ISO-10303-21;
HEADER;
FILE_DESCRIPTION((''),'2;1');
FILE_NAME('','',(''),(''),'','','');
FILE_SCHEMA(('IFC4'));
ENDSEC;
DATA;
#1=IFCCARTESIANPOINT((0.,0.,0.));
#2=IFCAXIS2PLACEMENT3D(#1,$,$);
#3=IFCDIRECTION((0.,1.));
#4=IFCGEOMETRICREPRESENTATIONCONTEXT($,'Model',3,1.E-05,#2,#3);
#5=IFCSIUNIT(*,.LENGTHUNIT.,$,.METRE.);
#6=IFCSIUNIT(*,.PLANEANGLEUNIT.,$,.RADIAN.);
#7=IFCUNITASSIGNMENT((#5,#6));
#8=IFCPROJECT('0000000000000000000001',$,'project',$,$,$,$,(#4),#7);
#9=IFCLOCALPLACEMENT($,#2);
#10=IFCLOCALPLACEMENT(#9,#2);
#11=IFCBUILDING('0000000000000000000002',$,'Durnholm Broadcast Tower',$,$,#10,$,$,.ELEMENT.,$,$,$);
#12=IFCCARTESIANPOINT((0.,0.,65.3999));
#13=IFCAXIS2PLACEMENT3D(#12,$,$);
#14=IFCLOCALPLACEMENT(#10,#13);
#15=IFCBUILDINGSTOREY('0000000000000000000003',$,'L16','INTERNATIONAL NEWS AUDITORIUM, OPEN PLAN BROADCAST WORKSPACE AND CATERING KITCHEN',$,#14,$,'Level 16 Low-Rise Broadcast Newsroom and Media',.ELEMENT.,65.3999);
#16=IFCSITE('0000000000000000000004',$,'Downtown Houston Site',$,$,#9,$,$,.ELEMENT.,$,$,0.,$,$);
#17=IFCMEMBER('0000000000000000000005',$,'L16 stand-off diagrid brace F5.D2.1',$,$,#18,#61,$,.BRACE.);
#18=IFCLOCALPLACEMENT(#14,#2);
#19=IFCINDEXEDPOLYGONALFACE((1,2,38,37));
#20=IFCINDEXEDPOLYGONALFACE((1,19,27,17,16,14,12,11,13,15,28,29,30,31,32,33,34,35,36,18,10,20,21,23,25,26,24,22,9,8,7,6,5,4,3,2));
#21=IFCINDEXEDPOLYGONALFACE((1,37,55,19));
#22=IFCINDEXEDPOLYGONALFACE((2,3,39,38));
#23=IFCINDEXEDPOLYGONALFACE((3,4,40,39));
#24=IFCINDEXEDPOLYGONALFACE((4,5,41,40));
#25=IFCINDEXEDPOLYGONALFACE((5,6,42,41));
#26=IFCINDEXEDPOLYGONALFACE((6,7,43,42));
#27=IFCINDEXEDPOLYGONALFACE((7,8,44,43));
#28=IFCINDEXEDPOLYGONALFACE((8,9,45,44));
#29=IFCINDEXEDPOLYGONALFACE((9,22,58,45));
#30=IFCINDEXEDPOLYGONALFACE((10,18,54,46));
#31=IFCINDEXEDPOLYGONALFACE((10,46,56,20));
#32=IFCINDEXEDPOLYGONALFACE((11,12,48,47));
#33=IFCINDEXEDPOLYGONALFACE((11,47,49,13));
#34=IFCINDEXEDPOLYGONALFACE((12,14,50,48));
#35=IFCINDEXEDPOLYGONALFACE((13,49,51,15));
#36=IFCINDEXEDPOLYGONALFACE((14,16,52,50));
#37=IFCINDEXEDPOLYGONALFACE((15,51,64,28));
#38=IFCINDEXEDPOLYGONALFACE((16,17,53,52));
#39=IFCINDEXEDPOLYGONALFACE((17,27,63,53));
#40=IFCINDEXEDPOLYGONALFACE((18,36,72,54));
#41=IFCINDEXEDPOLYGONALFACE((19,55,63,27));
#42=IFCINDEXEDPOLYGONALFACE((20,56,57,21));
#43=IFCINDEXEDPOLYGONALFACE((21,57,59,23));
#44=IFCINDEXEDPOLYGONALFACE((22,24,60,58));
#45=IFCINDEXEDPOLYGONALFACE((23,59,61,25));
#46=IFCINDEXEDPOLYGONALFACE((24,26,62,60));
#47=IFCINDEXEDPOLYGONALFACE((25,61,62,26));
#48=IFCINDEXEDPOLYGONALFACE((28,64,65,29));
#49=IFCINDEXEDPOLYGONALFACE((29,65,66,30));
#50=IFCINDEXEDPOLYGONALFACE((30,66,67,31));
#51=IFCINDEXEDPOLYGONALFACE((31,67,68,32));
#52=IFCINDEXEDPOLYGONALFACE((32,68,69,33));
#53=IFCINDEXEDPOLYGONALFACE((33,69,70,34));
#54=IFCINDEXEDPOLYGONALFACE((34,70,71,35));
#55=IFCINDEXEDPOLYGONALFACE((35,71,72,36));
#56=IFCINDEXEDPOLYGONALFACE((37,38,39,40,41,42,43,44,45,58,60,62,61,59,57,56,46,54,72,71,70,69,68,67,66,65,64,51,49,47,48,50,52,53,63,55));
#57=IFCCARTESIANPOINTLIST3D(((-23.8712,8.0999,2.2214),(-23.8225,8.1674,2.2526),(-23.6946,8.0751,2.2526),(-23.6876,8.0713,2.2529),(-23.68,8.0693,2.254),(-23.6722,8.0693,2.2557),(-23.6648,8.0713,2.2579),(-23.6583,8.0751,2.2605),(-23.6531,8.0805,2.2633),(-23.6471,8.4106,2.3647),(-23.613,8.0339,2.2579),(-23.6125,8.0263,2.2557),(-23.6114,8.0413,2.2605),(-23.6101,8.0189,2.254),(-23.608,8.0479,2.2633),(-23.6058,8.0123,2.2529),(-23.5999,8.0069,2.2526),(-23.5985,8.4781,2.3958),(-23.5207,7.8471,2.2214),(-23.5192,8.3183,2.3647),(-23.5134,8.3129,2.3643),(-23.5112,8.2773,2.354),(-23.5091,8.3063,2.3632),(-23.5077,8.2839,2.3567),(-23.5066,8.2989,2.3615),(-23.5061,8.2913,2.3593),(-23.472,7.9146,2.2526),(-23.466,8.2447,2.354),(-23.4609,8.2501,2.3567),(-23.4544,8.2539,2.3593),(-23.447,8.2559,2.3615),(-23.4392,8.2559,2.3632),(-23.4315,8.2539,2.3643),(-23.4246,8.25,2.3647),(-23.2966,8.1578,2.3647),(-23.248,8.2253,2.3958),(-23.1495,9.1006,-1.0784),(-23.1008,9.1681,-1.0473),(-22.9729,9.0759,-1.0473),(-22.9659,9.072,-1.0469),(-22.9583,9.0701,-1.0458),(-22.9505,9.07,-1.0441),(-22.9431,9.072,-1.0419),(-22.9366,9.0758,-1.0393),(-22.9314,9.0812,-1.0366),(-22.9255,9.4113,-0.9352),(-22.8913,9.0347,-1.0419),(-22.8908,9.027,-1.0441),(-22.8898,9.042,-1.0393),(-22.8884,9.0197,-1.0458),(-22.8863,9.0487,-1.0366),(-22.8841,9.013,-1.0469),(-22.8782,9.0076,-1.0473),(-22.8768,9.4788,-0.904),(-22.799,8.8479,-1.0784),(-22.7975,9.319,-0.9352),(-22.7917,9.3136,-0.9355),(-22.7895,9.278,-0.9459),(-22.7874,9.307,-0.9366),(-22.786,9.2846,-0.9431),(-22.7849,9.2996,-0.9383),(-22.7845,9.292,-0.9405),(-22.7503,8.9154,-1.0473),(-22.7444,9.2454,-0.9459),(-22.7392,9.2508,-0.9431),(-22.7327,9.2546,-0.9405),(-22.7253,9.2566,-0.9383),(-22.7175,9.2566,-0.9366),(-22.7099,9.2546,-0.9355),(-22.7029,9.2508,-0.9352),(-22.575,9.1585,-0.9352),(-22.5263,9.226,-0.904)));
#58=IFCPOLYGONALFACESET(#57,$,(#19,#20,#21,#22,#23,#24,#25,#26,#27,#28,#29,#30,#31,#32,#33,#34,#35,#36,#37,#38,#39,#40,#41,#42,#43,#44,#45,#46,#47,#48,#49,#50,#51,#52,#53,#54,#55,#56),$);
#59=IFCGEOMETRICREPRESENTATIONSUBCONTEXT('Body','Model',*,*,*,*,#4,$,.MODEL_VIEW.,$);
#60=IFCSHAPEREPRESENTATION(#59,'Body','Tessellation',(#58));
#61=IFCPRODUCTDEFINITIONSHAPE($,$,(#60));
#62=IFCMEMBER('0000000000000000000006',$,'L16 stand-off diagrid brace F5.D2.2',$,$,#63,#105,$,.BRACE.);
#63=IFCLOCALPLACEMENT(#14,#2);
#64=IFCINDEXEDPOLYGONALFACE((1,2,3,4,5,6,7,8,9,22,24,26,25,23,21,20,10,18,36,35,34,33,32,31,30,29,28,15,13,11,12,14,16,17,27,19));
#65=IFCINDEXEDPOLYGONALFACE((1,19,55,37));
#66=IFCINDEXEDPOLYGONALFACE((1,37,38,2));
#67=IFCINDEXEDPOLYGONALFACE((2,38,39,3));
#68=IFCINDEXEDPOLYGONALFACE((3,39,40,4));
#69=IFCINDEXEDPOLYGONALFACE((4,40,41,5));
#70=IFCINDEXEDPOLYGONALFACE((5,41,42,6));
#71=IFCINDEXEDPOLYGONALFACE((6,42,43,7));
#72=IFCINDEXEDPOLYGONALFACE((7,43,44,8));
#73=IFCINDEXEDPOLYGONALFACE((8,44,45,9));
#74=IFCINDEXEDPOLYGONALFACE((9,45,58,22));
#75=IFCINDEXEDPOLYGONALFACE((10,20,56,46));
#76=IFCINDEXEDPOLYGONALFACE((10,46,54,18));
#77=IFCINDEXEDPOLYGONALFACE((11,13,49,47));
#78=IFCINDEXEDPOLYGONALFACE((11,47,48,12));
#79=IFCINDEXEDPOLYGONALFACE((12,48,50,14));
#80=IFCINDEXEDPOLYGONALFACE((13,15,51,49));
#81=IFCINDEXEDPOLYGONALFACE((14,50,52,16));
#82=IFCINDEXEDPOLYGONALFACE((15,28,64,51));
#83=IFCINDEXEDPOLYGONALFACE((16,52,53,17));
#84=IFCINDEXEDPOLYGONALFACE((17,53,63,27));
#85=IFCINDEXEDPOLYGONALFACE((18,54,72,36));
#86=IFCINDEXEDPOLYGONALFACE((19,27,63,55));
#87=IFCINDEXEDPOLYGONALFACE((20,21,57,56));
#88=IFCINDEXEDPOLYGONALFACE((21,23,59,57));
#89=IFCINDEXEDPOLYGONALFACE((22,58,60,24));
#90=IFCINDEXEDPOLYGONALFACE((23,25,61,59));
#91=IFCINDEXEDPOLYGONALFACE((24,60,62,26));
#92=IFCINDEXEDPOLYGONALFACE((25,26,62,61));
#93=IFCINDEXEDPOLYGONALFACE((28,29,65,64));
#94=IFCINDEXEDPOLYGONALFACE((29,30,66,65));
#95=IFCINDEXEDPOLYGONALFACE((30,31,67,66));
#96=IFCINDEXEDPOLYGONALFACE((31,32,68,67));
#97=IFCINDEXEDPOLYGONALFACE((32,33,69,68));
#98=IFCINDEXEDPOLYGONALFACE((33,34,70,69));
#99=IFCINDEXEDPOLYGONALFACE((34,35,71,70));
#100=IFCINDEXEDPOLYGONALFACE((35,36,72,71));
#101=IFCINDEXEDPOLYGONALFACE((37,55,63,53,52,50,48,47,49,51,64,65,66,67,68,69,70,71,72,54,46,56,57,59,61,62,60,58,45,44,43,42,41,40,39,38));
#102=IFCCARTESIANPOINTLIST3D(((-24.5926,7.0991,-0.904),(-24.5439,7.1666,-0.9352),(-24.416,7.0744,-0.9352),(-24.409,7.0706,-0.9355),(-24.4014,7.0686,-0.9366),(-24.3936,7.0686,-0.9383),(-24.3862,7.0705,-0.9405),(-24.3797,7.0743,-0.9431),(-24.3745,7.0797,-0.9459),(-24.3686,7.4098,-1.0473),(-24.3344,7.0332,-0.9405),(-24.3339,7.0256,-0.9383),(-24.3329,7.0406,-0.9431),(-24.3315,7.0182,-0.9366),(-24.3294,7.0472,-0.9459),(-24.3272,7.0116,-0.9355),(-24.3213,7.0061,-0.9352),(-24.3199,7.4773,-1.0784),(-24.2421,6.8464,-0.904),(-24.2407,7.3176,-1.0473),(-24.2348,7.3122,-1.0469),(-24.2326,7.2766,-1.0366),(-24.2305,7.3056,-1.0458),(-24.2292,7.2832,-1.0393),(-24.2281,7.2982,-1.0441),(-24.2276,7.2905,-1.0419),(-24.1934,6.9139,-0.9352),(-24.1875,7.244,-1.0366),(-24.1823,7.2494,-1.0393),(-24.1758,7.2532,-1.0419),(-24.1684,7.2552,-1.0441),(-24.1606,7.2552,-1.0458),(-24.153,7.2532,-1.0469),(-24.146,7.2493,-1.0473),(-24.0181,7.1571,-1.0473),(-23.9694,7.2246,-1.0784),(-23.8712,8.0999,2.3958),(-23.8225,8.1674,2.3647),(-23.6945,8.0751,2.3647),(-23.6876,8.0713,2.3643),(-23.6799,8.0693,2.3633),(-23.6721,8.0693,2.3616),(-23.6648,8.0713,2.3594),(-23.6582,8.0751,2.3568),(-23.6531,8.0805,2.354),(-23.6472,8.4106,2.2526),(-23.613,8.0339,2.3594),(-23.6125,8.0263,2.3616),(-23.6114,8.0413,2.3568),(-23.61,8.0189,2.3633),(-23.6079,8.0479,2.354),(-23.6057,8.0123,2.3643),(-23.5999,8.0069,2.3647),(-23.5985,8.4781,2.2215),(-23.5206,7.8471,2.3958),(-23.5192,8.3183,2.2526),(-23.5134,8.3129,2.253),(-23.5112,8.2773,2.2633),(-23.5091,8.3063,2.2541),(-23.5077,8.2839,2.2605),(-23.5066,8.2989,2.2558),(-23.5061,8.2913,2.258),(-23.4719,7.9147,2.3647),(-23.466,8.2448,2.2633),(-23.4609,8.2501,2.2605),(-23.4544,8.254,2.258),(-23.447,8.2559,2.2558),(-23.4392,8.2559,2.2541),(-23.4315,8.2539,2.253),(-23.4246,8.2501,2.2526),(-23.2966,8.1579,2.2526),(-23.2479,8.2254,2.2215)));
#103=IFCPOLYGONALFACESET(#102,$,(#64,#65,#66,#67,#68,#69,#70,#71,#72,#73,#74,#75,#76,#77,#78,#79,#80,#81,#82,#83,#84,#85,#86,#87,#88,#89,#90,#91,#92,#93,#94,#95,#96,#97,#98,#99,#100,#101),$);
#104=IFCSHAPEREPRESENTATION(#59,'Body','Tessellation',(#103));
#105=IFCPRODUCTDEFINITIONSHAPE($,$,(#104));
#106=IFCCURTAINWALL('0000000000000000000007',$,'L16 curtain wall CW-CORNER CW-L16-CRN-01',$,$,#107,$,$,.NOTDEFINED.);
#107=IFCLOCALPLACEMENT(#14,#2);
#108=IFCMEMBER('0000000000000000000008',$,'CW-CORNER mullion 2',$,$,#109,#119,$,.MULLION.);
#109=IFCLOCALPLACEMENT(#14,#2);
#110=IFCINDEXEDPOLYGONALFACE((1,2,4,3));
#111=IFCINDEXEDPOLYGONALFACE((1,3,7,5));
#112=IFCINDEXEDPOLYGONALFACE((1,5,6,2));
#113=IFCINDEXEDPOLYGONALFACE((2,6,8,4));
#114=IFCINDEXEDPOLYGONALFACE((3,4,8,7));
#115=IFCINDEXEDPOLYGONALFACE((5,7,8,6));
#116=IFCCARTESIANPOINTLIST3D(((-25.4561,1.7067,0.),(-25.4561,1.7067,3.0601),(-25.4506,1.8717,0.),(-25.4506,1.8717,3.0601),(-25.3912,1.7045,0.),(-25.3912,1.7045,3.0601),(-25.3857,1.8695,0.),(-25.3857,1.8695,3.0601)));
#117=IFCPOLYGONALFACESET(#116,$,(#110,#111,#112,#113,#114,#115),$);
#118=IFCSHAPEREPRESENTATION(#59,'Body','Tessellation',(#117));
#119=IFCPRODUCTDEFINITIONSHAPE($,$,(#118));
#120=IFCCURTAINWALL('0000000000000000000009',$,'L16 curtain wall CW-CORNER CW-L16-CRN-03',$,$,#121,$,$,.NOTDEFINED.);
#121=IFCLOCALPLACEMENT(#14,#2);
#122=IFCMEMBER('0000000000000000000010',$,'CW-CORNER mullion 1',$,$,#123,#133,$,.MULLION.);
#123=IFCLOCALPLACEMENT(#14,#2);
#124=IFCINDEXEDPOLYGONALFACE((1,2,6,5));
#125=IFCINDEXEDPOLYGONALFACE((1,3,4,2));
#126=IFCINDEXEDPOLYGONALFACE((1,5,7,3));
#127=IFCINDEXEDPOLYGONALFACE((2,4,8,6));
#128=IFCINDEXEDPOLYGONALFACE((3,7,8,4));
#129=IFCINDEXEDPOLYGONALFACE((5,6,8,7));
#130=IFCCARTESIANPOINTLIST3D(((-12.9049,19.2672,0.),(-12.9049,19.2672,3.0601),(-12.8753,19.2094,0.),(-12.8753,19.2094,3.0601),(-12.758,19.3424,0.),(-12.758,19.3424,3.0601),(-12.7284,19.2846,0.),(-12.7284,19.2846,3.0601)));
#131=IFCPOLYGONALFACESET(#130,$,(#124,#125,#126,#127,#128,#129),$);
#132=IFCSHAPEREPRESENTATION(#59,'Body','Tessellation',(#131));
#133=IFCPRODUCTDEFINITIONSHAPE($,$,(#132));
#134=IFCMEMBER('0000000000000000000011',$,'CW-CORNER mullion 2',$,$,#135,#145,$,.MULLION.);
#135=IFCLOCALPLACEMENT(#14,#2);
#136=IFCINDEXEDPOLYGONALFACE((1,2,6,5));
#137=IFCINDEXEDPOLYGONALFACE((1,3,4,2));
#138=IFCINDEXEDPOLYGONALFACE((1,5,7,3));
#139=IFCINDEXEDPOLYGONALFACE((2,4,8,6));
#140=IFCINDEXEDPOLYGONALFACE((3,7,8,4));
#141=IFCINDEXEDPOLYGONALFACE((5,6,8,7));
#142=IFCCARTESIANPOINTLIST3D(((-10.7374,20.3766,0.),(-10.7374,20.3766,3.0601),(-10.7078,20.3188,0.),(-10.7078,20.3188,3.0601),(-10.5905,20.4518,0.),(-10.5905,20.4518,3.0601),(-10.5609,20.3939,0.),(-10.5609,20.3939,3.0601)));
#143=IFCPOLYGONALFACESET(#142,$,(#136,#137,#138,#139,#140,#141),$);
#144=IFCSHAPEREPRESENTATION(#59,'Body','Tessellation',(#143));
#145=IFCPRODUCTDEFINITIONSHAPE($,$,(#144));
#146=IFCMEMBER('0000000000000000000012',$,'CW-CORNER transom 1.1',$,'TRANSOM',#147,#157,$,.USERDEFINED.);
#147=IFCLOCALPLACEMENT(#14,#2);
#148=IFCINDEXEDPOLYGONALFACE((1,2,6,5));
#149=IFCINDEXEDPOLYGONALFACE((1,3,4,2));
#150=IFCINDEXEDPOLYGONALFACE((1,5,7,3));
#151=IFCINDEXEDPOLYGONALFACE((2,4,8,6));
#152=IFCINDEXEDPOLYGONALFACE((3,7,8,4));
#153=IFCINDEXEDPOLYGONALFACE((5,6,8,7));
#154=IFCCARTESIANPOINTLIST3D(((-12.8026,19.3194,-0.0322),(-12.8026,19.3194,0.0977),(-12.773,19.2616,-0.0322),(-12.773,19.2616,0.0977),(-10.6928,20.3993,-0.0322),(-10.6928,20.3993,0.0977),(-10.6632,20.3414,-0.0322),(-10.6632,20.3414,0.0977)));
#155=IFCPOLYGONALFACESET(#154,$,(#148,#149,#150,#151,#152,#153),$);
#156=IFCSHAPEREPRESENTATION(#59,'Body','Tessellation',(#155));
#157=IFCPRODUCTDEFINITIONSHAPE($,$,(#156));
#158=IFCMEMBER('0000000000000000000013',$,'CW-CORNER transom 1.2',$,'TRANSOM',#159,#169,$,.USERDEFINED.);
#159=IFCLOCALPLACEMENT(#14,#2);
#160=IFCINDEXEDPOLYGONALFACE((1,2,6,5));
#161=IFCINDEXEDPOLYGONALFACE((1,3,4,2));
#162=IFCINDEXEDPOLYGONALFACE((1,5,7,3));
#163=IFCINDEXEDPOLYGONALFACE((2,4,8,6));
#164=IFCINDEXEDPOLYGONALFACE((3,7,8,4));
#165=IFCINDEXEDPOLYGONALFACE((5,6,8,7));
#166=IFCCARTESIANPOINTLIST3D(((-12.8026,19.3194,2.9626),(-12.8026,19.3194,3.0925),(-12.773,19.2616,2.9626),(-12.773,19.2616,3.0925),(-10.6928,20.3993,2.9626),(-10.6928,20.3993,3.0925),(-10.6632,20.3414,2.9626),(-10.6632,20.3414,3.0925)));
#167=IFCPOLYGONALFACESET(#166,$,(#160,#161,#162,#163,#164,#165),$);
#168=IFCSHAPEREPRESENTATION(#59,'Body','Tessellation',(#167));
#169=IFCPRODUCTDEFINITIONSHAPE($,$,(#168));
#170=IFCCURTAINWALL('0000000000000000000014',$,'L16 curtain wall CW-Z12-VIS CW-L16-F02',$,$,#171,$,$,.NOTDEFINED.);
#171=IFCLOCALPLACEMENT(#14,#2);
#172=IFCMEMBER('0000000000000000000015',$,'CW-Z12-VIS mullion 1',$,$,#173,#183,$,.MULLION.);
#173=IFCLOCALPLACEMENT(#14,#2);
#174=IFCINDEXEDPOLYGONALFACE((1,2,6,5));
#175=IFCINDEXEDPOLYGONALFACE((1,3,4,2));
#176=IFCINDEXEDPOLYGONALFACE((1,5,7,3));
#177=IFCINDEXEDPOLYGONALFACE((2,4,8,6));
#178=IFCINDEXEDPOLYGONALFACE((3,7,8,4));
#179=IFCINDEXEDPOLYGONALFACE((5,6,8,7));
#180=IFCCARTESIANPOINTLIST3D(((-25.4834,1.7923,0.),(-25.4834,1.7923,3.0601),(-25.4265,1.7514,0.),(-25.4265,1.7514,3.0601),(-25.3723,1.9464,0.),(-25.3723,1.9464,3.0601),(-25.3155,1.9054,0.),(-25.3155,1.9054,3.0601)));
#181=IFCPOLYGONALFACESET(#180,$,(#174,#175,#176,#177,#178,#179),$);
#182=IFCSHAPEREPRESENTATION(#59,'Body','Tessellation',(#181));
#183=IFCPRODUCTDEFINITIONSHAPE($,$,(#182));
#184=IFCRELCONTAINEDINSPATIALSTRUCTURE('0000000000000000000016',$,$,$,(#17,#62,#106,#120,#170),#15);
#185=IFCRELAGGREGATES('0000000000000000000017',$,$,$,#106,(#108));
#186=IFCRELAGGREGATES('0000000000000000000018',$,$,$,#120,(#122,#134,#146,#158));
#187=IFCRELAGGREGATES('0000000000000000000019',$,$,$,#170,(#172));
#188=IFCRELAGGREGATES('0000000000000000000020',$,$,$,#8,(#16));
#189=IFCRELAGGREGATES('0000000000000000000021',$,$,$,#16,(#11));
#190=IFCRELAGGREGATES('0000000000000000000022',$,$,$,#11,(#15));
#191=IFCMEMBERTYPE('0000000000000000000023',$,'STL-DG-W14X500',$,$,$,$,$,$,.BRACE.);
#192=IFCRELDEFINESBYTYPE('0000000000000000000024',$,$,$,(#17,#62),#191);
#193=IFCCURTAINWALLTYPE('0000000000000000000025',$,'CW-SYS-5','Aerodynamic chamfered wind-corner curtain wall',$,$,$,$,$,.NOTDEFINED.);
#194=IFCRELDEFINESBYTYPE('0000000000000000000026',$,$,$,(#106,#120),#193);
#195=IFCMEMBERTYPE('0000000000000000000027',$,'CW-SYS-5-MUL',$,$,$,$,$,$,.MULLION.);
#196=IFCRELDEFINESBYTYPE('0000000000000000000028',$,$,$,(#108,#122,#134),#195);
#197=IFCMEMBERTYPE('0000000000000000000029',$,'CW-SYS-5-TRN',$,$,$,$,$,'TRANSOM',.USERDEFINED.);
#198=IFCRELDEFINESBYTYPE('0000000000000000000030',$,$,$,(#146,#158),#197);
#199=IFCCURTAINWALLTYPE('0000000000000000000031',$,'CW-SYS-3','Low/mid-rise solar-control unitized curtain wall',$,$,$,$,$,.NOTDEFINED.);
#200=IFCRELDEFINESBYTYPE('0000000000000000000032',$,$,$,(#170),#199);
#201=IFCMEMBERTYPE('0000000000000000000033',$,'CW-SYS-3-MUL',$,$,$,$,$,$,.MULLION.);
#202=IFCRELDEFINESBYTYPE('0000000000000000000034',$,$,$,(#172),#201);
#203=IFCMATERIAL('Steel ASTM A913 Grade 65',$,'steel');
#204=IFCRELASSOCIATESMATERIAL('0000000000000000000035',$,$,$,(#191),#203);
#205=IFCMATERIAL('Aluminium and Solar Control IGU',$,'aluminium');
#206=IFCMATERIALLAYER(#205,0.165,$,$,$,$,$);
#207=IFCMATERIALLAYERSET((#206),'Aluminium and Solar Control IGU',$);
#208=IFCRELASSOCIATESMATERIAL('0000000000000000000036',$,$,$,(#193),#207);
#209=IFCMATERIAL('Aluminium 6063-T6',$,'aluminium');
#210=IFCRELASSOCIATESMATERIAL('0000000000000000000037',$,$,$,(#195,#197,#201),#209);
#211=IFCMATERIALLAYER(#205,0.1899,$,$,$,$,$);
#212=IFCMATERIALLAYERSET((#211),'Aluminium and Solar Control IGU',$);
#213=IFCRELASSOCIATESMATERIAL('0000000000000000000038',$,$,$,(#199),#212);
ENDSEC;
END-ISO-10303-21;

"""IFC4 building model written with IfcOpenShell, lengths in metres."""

from ifc_helpers import new_model, si_unit, direction, frame, origin, origin_2d, place, context, subcontext, project, spatial, rectangle, i_section, extrude, source, transform, mapped, material, layer, layer_set, material_profile, profile_set, type_object, type_shapes, element, aggregate, save


model = new_model("IFC4")

# Units and contexts
model_context = context("Model", 3, precision=1e-05, world=origin(), true_north=direction((0.0, 1.0)))
body_context = subcontext(model_context, "Body", "Model", "MODEL_VIEW")
ifc_project = project(units=[si_unit("LENGTHUNIT", "METRE"), si_unit("PLANEANGLEUNIT", "RADIAN")], contexts=[model_context])

# Site, building, storey
site_placement = place(None, origin())
site = spatial("IfcSite", under=ifc_project, at=site_placement, Name="Downtown Houston Site", CompositionType="ELEMENT", RefElevation=0.0)
building_placement = place(site_placement, origin())
building = spatial("IfcBuilding", under=site, at=building_placement, Name="Durnholm Broadcast Tower", CompositionType="ELEMENT")
storey_placement = place(building_placement, frame((0.0, 0.0, 65.3999)))
storey = spatial("IfcBuildingStorey", under=building, at=storey_placement, Name="L16", Description="INTERNATIONAL NEWS AUDITORIUM, OPEN PLAN BROADCAST WORKSPACE AND CATERING KITCHEN", LongName="Level 16 Low-Rise Broadcast Newsroom and Media", CompositionType="ELEMENT", Elevation=65.3999)

# Members
ifc_material_1 = material(Name="Steel ASTM A913 Grade 65", Category="steel")
ifc_material_profile_1 = material_profile(ifc_material_1, i_section(OverallWidth=0.4321, OverallDepth=0.4978, WebThickness=0.0557, FlangeThickness=0.0889, FilletRadius=0.0305, at=origin_2d()), Name="W14X500")
ifc_profile_set_1 = profile_set([ifc_material_profile_1], Name="Steel ASTM A913 Grade 65")
member_type_1 = type_object("IfcMemberType", Name="STL-DG-W14X500", PredefinedType="BRACE", material=ifc_profile_set_1)
shared_shape_1 = source(origin(), body_context, "Body", "SweptSolid", [
    extrude(i_section(OverallWidth=0.4321, OverallDepth=0.4978, WebThickness=0.0557, FlangeThickness=0.0889, FilletRadius=0.0305, at=origin_2d()), origin(), (0.0, 0.0, 1.0), 3.5229),
])
type_shapes(member_type_1, [shared_shape_1])
for number, where, z_axis, x_axis, name in (
    (1, (-22.8379, 9.1633, -0.9912), (-0.204852, -0.284063, 0.936666), (0.811091, -0.58492, 0.0), "L16 stand-off diagrid brace F5.D2.1"),
    (2, (-24.281, 7.1619, -0.9912), (0.204786, 0.284067, 0.93668), (-0.811185, 0.584789, 0.0), "L16 stand-off diagrid brace F5.D2.2"),
):
    element("IfcMember", number, at=place(storey_placement, frame(where, z_axis=z_axis, x_axis=x_axis)), inside=storey, type_object=member_type_1, Name=name, PredefinedType="BRACE", context=body_context, shape_type="MappedRepresentation", body=[
        mapped(shared_shape_1, transform((0.0, 0.0, 0.0), x_axis=(1.0, 0.0, 0.0), y_axis=(0.0, 1.0, 0.0), z_axis=(0.0, 0.0, 1.0), scale=1.0)),
    ])

# Curtain wall, member
ifc_material_2 = material(Name="Aluminium and Solar Control IGU", Category="aluminium")
ifc_layer_1 = layer(ifc_material_2, 0.165)
ifc_layer_set_1 = layer_set([ifc_layer_1], Name="Aluminium and Solar Control IGU")
curtain_wall_type_1 = type_object("IfcCurtainWallType", Name="CW-SYS-5", Description="Aerodynamic chamfered wind-corner curtain wall", PredefinedType="NOTDEFINED", material=ifc_layer_set_1)
curtain_wall_1_placement = place(storey_placement, origin())
curtain_wall_1 = element("IfcCurtainWall", 3, at=curtain_wall_1_placement, inside=storey, type_object=curtain_wall_type_1, Name="L16 curtain wall CW-CORNER CW-L16-CRN-01", PredefinedType="NOTDEFINED")
ifc_material_3 = material(Name="Aluminium 6063-T6", Category="aluminium")
ifc_material_profile_2 = material_profile(ifc_material_3, rectangle(XDim=0.0649, YDim=0.165, at=origin_2d()), Name="CWM65X165")
ifc_profile_set_2 = profile_set([ifc_material_profile_2], Name="Aluminium 6063-T6")
member_type_2 = type_object("IfcMemberType", Name="CW-SYS-5-MUL", PredefinedType="MULLION", material=ifc_profile_set_2)
shared_shape_2 = source(origin(), body_context, "Body", "SweptSolid", [
    extrude(rectangle(XDim=0.0649, YDim=0.165, at=origin_2d()), origin(), (0.0, 0.0, 1.0), 3.0601),
])
type_shapes(member_type_2, [shared_shape_2])
member_1_placement = place(storey_placement, frame((-25.4209, 1.7881, 0.0), z_axis=(0.0, 0.0, 1.0), x_axis=(-0.999427, 0.03384, 0.0)))
member_1 = element("IfcMember", 4, at=member_1_placement, type_object=member_type_2, Name="CW-CORNER mullion 2", PredefinedType="MULLION", context=body_context, shape_type="MappedRepresentation", body=[
    mapped(shared_shape_2, transform((0.0, 0.0, 0.0), x_axis=(1.0, 0.0, 0.0), y_axis=(0.0, 1.0, 0.0), z_axis=(0.0, 0.0, 1.0), scale=1.0)),
])

# Curtain walls, members
curtain_wall_2_placement = place(storey_placement, origin())
curtain_wall_2 = element("IfcCurtainWall", 5, at=curtain_wall_2_placement, inside=storey, type_object=curtain_wall_type_1, Name="L16 curtain wall CW-CORNER CW-L16-CRN-03", PredefinedType="NOTDEFINED")
member_2_placement = place(storey_placement, frame((-12.8167, 19.2759, 0.0), z_axis=(0.0, 0.0, 1.0), x_axis=(-0.455594, 0.890188, 0.0)))
member_2 = element("IfcMember", 6, at=member_2_placement, type_object=member_type_2, Name="CW-CORNER mullion 1", PredefinedType="MULLION", context=body_context, shape_type="MappedRepresentation", body=[
    mapped(shared_shape_2, transform((0.0, 0.0, 0.0), x_axis=(1.0, 0.0, 0.0), y_axis=(0.0, 1.0, 0.0), z_axis=(0.0, 0.0, 1.0), scale=1.0)),
])
member_3_placement = place(storey_placement, frame((-10.6492, 20.3853, 0.0), z_axis=(0.0, 0.0, 1.0), x_axis=(-0.455594, 0.890188, 0.0)))
member_3 = element("IfcMember", 7, at=member_3_placement, type_object=member_type_2, Name="CW-CORNER mullion 2", PredefinedType="MULLION", context=body_context, shape_type="MappedRepresentation", body=[
    mapped(shared_shape_2, transform((0.0, 0.0, 0.0), x_axis=(1.0, 0.0, 0.0), y_axis=(0.0, 1.0, 0.0), z_axis=(0.0, 0.0, 1.0), scale=1.0)),
])
ifc_material_profile_3 = material_profile(ifc_material_3, rectangle(XDim=0.0649, YDim=0.1299, at=origin_2d()), Name="CWT65X130")
ifc_profile_set_3 = profile_set([ifc_material_profile_3], Name="Aluminium 6063-T6")
member_type_3 = type_object("IfcMemberType", Name="CW-SYS-5-TRN", ElementType="TRANSOM", PredefinedType="USERDEFINED", material=ifc_profile_set_3)
shared_shape_3 = source(origin(), body_context, "Body", "SweptSolid", [
    extrude(rectangle(XDim=0.0649, YDim=0.1299, at=origin_2d()), origin(), (0.0, 0.0, 1.0), 2.3701),
])
type_shapes(member_type_3, [shared_shape_3])
member_4_placement = place(storey_placement, frame((-12.7878, 19.2905, 0.0327), z_axis=(0.890185, 0.455599, 0.0), x_axis=(-0.455599, 0.890185, 0.0)))
member_4 = element("IfcMember", 8, at=member_4_placement, type_object=member_type_3, Name="CW-CORNER transom 1.1", ObjectType="TRANSOM", PredefinedType="USERDEFINED", context=body_context, shape_type="MappedRepresentation", body=[
    mapped(shared_shape_3, transform((0.0, 0.0, 0.0), x_axis=(1.0, 0.0, 0.0), y_axis=(0.0, 1.0, 0.0), z_axis=(0.0, 0.0, 1.0), scale=1.0)),
])
member_5_placement = place(storey_placement, frame((-12.7878, 19.2905, 3.0276), z_axis=(0.890185, 0.455599, 0.0), x_axis=(-0.455599, 0.890185, 0.0)))
member_5 = element("IfcMember", 9, at=member_5_placement, type_object=member_type_3, Name="CW-CORNER transom 1.2", ObjectType="TRANSOM", PredefinedType="USERDEFINED", context=body_context, shape_type="MappedRepresentation", body=[
    mapped(shared_shape_3, transform((0.0, 0.0, 0.0), x_axis=(1.0, 0.0, 0.0), y_axis=(0.0, 1.0, 0.0), z_axis=(0.0, 0.0, 1.0), scale=1.0)),
])
ifc_layer_2 = layer(ifc_material_2, 0.1899)
ifc_layer_set_2 = layer_set([ifc_layer_2], Name="Aluminium and Solar Control IGU")
curtain_wall_type_2 = type_object("IfcCurtainWallType", Name="CW-SYS-3", Description="Low/mid-rise solar-control unitized curtain wall", PredefinedType="NOTDEFINED", material=ifc_layer_set_2)
curtain_wall_3_placement = place(storey_placement, origin())
curtain_wall_3 = element("IfcCurtainWall", 10, at=curtain_wall_3_placement, inside=storey, type_object=curtain_wall_type_2, Name="L16 curtain wall CW-Z12-VIS CW-L16-F02", PredefinedType="NOTDEFINED")
ifc_material_profile_4 = material_profile(ifc_material_3, rectangle(XDim=0.0701, YDim=0.1899, at=origin_2d()), Name="CWM70X190")
ifc_profile_set_4 = profile_set([ifc_material_profile_4], Name="Aluminium 6063-T6")
member_type_4 = type_object("IfcMemberType", Name="CW-SYS-3-MUL", PredefinedType="MULLION", material=ifc_profile_set_4)
shared_shape_4 = source(origin(), body_context, "Body", "SweptSolid", [
    extrude(rectangle(XDim=0.0701, YDim=0.1899, at=origin_2d()), origin(), (0.0, 0.0, 1.0), 3.0601),
])
type_shapes(member_type_4, [shared_shape_4])
member_6_placement = place(storey_placement, frame((-25.3994, 1.8489, 0.0), z_axis=(0.0, 0.0, 1.0), x_axis=(-0.811161, 0.584823, 0.0)))
member_6 = element("IfcMember", 11, at=member_6_placement, type_object=member_type_4, Name="CW-Z12-VIS mullion 1", PredefinedType="MULLION", context=body_context, shape_type="MappedRepresentation", body=[
    mapped(shared_shape_4, transform((0.0, 0.0, 0.0), x_axis=(1.0, 0.0, 0.0), y_axis=(0.0, 1.0, 0.0), z_axis=(0.0, 0.0, 1.0), scale=1.0)),
])

aggregate(curtain_wall_1, [member_1])
aggregate(curtain_wall_2, [member_2, member_3, member_4, member_5])
aggregate(curtain_wall_3, [member_6])

save(model, "model.ifc")
